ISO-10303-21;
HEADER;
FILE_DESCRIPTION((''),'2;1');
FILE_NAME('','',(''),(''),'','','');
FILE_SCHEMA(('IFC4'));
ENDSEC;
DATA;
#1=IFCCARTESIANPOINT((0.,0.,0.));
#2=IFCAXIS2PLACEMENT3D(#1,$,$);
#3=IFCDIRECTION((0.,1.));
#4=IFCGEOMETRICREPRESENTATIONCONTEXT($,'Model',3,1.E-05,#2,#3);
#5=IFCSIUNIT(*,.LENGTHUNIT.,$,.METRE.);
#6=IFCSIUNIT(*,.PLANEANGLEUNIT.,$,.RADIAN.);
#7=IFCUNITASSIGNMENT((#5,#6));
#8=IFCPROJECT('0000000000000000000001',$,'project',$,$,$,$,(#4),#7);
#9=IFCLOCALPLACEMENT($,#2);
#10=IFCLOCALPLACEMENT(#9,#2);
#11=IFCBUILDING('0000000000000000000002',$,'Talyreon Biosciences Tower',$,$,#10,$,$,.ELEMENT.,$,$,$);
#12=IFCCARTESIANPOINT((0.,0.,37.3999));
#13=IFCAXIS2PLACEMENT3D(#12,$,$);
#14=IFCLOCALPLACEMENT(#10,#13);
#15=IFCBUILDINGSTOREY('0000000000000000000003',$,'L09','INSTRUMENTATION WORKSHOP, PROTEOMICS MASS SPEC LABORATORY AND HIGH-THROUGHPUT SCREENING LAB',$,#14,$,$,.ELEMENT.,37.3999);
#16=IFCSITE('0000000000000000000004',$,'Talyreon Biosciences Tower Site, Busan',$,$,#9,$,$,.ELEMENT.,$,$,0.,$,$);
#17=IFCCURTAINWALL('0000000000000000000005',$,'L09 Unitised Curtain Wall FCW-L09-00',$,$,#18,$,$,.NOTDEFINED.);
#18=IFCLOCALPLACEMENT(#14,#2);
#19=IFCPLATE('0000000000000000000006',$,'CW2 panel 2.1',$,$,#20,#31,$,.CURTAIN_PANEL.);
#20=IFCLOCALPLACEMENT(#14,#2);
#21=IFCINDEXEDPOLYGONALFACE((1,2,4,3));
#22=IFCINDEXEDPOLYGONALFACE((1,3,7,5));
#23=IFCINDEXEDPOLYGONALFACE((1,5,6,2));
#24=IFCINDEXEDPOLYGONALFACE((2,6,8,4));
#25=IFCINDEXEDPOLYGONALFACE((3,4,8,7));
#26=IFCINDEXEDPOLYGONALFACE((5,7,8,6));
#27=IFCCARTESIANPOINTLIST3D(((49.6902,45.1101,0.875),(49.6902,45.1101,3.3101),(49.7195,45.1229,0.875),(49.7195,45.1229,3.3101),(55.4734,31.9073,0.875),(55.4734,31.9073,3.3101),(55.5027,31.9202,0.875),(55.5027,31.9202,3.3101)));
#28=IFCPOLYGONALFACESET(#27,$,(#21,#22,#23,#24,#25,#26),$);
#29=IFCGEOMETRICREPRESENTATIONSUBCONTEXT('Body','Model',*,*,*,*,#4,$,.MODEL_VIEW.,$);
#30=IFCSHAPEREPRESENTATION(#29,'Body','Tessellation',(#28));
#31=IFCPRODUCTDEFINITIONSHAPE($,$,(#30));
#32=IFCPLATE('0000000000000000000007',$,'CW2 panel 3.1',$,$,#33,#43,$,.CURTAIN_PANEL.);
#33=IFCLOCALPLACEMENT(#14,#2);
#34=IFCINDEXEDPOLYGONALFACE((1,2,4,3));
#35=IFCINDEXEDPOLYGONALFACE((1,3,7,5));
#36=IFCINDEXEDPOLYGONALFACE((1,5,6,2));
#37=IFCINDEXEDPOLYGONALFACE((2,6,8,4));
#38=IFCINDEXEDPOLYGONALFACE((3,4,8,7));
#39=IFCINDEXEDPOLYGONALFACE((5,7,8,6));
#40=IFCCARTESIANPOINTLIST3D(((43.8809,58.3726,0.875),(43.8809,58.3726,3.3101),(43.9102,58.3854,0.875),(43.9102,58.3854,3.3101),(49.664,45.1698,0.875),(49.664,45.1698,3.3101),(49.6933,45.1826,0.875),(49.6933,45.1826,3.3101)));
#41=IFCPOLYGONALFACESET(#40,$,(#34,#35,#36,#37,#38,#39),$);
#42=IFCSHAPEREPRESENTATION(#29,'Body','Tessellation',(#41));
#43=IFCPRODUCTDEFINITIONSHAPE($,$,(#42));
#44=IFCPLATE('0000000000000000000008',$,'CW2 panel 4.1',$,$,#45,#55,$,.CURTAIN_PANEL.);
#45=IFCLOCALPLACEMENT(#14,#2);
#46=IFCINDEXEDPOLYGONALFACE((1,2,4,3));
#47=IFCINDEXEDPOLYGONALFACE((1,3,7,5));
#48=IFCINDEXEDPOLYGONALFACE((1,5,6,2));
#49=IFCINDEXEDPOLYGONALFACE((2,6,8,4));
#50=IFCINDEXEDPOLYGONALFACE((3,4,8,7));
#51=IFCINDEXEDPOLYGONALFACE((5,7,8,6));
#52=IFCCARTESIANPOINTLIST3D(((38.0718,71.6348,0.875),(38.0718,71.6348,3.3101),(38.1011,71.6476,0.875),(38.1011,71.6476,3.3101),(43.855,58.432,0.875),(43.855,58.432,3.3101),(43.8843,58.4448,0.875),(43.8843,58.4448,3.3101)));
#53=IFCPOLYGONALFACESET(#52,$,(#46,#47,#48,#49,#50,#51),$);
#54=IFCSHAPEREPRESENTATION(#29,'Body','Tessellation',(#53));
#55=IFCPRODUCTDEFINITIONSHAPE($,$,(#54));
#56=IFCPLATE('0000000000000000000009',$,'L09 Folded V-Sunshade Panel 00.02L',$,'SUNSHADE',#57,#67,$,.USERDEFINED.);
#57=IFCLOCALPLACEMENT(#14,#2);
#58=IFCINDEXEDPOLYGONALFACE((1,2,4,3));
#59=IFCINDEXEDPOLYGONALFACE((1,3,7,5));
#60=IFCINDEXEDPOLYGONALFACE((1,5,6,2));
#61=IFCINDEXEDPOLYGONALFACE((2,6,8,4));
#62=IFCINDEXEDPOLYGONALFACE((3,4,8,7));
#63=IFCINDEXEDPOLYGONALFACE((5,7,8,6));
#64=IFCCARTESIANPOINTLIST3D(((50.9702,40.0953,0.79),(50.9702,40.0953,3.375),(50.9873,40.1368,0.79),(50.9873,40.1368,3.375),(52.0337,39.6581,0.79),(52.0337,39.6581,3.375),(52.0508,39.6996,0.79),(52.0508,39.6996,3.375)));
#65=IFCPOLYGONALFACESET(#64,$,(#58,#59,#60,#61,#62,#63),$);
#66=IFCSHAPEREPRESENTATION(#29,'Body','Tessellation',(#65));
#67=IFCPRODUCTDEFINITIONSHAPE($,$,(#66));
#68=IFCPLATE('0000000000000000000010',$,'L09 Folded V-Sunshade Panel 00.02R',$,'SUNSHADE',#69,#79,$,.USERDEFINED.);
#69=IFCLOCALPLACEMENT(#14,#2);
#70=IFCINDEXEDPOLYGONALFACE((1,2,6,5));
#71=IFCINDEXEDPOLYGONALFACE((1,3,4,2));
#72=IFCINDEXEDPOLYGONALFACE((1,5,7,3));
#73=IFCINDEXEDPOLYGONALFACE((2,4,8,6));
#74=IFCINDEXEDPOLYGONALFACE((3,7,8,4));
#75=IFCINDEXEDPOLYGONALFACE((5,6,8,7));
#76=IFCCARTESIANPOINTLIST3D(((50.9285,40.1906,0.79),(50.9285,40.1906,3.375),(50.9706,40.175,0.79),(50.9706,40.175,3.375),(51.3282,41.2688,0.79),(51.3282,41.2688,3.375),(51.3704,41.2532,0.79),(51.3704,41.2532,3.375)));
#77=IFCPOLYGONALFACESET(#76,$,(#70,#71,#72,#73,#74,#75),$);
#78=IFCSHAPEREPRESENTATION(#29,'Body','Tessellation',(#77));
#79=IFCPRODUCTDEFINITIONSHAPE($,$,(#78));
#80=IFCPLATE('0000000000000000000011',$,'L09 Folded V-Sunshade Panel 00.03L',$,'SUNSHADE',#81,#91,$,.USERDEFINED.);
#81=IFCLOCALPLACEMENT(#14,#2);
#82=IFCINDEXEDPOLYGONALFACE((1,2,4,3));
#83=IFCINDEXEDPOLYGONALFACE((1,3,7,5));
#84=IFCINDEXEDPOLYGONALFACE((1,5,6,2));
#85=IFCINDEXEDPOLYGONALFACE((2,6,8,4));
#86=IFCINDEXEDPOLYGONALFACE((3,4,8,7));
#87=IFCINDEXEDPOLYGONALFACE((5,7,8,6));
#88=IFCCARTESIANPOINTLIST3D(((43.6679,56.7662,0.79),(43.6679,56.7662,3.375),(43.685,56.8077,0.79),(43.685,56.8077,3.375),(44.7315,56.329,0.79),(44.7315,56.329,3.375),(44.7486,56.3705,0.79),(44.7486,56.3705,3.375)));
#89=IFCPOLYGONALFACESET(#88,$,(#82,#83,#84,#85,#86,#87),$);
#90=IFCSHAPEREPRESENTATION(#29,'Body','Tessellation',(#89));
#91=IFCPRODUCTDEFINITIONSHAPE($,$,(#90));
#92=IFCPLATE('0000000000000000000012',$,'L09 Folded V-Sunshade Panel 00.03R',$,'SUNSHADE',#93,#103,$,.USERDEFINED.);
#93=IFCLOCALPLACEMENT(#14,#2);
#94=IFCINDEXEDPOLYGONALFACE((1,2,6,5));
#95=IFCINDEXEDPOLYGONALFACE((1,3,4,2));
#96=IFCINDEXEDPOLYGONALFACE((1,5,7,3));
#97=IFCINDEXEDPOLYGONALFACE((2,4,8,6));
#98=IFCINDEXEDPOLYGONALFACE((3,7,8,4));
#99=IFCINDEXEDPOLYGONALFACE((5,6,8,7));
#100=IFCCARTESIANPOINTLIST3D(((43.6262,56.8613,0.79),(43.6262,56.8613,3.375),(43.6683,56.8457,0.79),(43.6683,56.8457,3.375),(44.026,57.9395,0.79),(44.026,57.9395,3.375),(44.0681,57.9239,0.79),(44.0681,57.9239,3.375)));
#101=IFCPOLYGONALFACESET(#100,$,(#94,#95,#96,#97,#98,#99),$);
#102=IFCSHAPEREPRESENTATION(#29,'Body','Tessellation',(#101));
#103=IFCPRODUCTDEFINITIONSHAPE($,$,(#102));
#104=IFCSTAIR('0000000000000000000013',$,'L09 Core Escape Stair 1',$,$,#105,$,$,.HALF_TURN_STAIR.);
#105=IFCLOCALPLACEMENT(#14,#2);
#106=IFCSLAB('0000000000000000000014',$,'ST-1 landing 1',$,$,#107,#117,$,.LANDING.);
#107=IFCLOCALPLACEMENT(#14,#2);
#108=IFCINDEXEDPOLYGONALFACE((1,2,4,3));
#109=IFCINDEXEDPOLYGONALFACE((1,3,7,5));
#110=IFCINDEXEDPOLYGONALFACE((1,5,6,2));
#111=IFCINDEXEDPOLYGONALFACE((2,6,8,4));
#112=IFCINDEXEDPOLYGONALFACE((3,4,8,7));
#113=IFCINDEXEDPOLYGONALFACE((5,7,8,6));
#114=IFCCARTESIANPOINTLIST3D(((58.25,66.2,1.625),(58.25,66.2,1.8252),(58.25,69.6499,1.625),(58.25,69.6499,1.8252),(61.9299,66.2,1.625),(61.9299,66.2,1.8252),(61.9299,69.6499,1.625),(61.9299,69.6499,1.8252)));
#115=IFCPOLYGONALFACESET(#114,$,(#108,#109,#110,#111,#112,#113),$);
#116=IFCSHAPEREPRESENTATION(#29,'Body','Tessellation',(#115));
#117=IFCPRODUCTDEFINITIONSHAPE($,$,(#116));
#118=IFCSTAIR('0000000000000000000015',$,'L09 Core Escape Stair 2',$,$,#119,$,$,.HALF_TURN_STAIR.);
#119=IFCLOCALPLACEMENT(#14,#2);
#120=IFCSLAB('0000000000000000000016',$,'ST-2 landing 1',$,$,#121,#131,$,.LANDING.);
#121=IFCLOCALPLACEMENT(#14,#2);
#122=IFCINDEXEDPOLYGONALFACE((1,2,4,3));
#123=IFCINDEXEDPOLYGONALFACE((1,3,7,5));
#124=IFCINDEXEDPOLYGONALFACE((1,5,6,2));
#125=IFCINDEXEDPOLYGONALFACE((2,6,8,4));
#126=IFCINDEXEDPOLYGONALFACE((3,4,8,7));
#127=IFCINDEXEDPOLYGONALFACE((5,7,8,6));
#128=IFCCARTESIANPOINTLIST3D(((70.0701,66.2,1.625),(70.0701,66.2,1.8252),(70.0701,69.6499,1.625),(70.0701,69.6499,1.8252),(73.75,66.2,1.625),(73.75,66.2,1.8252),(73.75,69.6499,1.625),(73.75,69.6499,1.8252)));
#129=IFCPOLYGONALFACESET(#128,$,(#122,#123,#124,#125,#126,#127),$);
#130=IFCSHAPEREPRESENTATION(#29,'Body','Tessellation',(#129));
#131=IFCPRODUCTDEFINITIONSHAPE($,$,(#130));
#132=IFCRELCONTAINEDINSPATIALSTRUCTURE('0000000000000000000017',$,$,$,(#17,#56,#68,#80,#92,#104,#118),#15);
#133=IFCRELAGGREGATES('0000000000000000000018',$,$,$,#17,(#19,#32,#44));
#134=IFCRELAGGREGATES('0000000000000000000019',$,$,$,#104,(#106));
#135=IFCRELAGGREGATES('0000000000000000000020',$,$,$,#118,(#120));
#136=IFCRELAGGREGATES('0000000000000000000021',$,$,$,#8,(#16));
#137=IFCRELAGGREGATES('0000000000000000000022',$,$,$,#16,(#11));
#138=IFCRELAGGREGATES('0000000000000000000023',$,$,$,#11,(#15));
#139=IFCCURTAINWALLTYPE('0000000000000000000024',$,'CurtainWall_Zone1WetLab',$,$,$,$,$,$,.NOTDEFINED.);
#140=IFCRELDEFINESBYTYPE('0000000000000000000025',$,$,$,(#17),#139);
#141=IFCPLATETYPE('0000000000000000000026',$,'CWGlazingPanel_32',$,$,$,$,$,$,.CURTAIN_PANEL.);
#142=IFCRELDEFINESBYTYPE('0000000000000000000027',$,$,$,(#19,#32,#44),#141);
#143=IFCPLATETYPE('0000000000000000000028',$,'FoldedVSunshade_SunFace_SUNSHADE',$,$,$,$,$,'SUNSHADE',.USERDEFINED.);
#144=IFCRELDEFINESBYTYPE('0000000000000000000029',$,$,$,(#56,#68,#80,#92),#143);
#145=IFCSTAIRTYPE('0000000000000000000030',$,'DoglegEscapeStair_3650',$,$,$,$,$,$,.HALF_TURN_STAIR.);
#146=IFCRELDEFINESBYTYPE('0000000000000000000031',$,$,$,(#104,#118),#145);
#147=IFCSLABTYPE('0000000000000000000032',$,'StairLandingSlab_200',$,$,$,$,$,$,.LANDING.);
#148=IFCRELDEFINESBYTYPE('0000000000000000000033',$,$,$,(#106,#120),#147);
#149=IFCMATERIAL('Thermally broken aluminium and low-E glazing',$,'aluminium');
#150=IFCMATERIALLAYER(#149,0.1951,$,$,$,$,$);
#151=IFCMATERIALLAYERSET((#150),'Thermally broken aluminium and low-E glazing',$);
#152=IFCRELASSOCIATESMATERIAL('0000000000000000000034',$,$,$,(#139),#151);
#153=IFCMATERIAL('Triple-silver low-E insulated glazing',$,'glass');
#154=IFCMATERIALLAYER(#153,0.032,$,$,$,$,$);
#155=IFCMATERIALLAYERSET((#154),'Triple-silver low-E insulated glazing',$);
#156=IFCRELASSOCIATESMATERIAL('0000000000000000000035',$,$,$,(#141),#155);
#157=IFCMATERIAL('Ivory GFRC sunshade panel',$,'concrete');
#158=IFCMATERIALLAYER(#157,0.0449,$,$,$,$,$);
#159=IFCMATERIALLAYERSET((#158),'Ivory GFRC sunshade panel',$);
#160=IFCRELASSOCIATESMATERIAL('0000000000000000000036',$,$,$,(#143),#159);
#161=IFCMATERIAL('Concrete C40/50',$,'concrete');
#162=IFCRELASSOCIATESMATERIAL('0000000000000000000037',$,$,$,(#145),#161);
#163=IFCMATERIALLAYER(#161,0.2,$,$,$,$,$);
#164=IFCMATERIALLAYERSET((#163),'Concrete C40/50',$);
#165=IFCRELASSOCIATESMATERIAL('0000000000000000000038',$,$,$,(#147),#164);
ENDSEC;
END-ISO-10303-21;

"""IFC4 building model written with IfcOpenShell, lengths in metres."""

from ifc_helpers import new_model, si_unit, direction, frame, origin, origin_2d, place, context, subcontext, project, spatial, polyline, rectangle, outline, extrude, material, layer, layer_set, type_object, element, aggregate, save


model = new_model("IFC4")

# Units and contexts
model_context = context("Model", 3, precision=1e-05, world=origin(), true_north=direction((0.0, 1.0)))
body_context = subcontext(model_context, "Body", "Model", "MODEL_VIEW")
ifc_project = project(units=[si_unit("LENGTHUNIT", "METRE"), si_unit("PLANEANGLEUNIT", "RADIAN")], contexts=[model_context])

# Site, building, storey
site_placement = place(None, origin())
site = spatial("IfcSite", under=ifc_project, at=site_placement, Name="Talyreon Biosciences Tower Site, Busan", CompositionType="ELEMENT", RefElevation=0.0)
building_placement = place(site_placement, origin())
building = spatial("IfcBuilding", under=site, at=building_placement, Name="Talyreon Biosciences Tower", CompositionType="ELEMENT")
storey_placement = place(building_placement, frame((0.0, 0.0, 37.3999)))
storey = spatial("IfcBuildingStorey", under=building, at=storey_placement, Name="L09", Description="INSTRUMENTATION WORKSHOP, PROTEOMICS MASS SPEC LABORATORY AND HIGH-THROUGHPUT SCREENING LAB", CompositionType="ELEMENT", Elevation=37.3999)

# Curtain wall
ifc_material_1 = material(Name="Thermally broken aluminium and low-E glazing", Category="aluminium")
ifc_layer_1 = layer(ifc_material_1, 0.1951)
ifc_layer_set_1 = layer_set([ifc_layer_1], Name="Thermally broken aluminium and low-E glazing")
curtain_wall_type = type_object("IfcCurtainWallType", Name="CurtainWall_Zone1WetLab", PredefinedType="NOTDEFINED", material=ifc_layer_set_1)
curtain_wall_placement = place(storey_placement, origin())
curtain_wall = element("IfcCurtainWall", 1, at=curtain_wall_placement, inside=storey, type_object=curtain_wall_type, Name="L09 Unitised Curtain Wall FCW-L09-00", PredefinedType="NOTDEFINED")

# Plates
ifc_material_2 = material(Name="Triple-silver low-E insulated glazing", Category="glass")
ifc_layer_2 = layer(ifc_material_2, 0.032)
ifc_layer_set_2 = layer_set([ifc_layer_2], Name="Triple-silver low-E insulated glazing")
plate_type_1 = type_object("IfcPlateType", Name="CWGlazingPanel_32", PredefinedType="CURTAIN_PANEL", material=ifc_layer_set_2)
plate_1_placement = place(storey_placement, frame((52.5964, 38.5151, 0.875), z_axis=(0.0, 0.0, 1.0), x_axis=(-0.401223, 0.91598, 0.0)))
plate_1 = element("IfcPlate", 2, at=plate_1_placement, type_object=plate_type_1, Name="CW2 panel 2.1", PredefinedType="CURTAIN_PANEL", context=body_context, shape_type="SweptSolid", body=[
    extrude(rectangle(XDim=14.4138, YDim=0.032, at=origin_2d()), origin(), (0.0, 0.0, 1.0), 2.4351),
])
plate_2_placement = place(storey_placement, frame((46.7871, 51.7776, 0.875), z_axis=(0.0, 0.0, 1.0), x_axis=(-0.401223, 0.91598, 0.0)))
plate_2 = element("IfcPlate", 3, at=plate_2_placement, type_object=plate_type_1, Name="CW2 panel 3.1", PredefinedType="CURTAIN_PANEL", context=body_context, shape_type="SweptSolid", body=[
    extrude(rectangle(XDim=14.4138, YDim=0.032, at=origin_2d()), origin(), (0.0, 0.0, 1.0), 2.4351),
])
plate_3_placement = place(storey_placement, frame((40.978, 65.0398, 0.875), z_axis=(0.0, 0.0, 1.0), x_axis=(-0.401223, 0.91598, 0.0)))
plate_3 = element("IfcPlate", 4, at=plate_3_placement, type_object=plate_type_1, Name="CW2 panel 4.1", PredefinedType="CURTAIN_PANEL", context=body_context, shape_type="SweptSolid", body=[
    extrude(rectangle(XDim=14.4138, YDim=0.032, at=origin_2d()), origin(), (0.0, 0.0, 1.0), 2.4351),
])
aggregate(curtain_wall, [plate_1, plate_2, plate_3])

# Plates
ifc_material_3 = material(Name="Ivory GFRC sunshade panel", Category="concrete")
ifc_layer_3 = layer(ifc_material_3, 0.0449)
ifc_layer_set_3 = layer_set([ifc_layer_3], Name="Ivory GFRC sunshade panel")
plate_type_2 = type_object("IfcPlateType", Name="FoldedVSunshade_SunFace_SUNSHADE", ElementType="SUNSHADE", PredefinedType="USERDEFINED", material=ifc_layer_set_3)
for number, where, z_axis, x_axis, name in (
    (5, (51.5105, 39.8975, 0.79), (0.0, 0.0, 1.0), (-0.924911, 0.380183, 0.0), "L09 Folded V-Sunshade Panel 00.02L"),
    (6, (51.1494, 40.7219, 0.79), (0.0, 0.0, 1.0), (0.347672, 0.937616, 0.0), "L09 Folded V-Sunshade Panel 00.02R"),
    (7, (44.2083, 56.5684, 0.79), (0.0, 0.0, 1.0), (-0.924911, 0.380183, 0.0), "L09 Folded V-Sunshade Panel 00.03L"),
    (8, (43.8472, 57.3926, 0.79), (0.0, 0.0, 1.0), (0.347672, 0.937616, 0.0), "L09 Folded V-Sunshade Panel 00.03R"),
):
    element("IfcPlate", number, at=place(storey_placement, frame(where, z_axis=z_axis, x_axis=x_axis)), inside=storey, type_object=plate_type_2, Name=name, ObjectType="SUNSHADE", PredefinedType="USERDEFINED", context=body_context, shape_type="SweptSolid", body=[
        extrude(rectangle(XDim=1.1499, YDim=0.0449, at=origin_2d()), origin(), (0.0, 0.0, 1.0), 2.585),
    ])

# Stairs, slabs
ifc_material_4 = material(Name="Concrete C40/50", Category="concrete")
stair_type = type_object("IfcStairType", Name="DoglegEscapeStair_3650", PredefinedType="HALF_TURN_STAIR", material=ifc_material_4)
stair_1_placement = place(storey_placement, origin())
stair_1 = element("IfcStair", 9, at=stair_1_placement, inside=storey, type_object=stair_type, Name="L09 Core Escape Stair 1", PredefinedType="HALF_TURN_STAIR")
ifc_layer_4 = layer(ifc_material_4, 0.2)
ifc_layer_set_4 = layer_set([ifc_layer_4], Name="Concrete C40/50")
slab_type_1 = type_object("IfcSlabType", Name="StairLandingSlab_200", PredefinedType="LANDING", material=ifc_layer_set_4)
slab_1_placement = place(storey_placement, frame((0.0, 0.0, 1.625)))
slab_1 = element("IfcSlab", 10, at=slab_1_placement, type_object=slab_type_1, Name="ST-1 landing 1", PredefinedType="LANDING", context=body_context, shape_type="SweptSolid", body=[
    extrude(outline(polyline([(61.9299, 66.2), (61.9299, 69.6499), (58.25, 69.6499), (58.25, 66.2), (61.9299, 66.2)])), origin(), (0.0, 0.0, 1.0), 0.2002),
])
aggregate(stair_1, [slab_1])
stair_2_placement = place(storey_placement, origin())
stair_2 = element("IfcStair", 11, at=stair_2_placement, inside=storey, type_object=stair_type, Name="L09 Core Escape Stair 2", PredefinedType="HALF_TURN_STAIR")
slab_2_placement = place(storey_placement, frame((0.0, 0.0, 1.625)))
slab_2 = element("IfcSlab", 12, at=slab_2_placement, type_object=slab_type_1, Name="ST-2 landing 1", PredefinedType="LANDING", context=body_context, shape_type="SweptSolid", body=[
    extrude(outline(polyline([(73.75, 66.2), (73.75, 69.6499), (70.0701, 69.6499), (70.0701, 66.2), (73.75, 66.2)])), origin(), (0.0, 0.0, 1.0), 0.2002),
])
aggregate(stair_2, [slab_2])

save(model, "model.ifc")
